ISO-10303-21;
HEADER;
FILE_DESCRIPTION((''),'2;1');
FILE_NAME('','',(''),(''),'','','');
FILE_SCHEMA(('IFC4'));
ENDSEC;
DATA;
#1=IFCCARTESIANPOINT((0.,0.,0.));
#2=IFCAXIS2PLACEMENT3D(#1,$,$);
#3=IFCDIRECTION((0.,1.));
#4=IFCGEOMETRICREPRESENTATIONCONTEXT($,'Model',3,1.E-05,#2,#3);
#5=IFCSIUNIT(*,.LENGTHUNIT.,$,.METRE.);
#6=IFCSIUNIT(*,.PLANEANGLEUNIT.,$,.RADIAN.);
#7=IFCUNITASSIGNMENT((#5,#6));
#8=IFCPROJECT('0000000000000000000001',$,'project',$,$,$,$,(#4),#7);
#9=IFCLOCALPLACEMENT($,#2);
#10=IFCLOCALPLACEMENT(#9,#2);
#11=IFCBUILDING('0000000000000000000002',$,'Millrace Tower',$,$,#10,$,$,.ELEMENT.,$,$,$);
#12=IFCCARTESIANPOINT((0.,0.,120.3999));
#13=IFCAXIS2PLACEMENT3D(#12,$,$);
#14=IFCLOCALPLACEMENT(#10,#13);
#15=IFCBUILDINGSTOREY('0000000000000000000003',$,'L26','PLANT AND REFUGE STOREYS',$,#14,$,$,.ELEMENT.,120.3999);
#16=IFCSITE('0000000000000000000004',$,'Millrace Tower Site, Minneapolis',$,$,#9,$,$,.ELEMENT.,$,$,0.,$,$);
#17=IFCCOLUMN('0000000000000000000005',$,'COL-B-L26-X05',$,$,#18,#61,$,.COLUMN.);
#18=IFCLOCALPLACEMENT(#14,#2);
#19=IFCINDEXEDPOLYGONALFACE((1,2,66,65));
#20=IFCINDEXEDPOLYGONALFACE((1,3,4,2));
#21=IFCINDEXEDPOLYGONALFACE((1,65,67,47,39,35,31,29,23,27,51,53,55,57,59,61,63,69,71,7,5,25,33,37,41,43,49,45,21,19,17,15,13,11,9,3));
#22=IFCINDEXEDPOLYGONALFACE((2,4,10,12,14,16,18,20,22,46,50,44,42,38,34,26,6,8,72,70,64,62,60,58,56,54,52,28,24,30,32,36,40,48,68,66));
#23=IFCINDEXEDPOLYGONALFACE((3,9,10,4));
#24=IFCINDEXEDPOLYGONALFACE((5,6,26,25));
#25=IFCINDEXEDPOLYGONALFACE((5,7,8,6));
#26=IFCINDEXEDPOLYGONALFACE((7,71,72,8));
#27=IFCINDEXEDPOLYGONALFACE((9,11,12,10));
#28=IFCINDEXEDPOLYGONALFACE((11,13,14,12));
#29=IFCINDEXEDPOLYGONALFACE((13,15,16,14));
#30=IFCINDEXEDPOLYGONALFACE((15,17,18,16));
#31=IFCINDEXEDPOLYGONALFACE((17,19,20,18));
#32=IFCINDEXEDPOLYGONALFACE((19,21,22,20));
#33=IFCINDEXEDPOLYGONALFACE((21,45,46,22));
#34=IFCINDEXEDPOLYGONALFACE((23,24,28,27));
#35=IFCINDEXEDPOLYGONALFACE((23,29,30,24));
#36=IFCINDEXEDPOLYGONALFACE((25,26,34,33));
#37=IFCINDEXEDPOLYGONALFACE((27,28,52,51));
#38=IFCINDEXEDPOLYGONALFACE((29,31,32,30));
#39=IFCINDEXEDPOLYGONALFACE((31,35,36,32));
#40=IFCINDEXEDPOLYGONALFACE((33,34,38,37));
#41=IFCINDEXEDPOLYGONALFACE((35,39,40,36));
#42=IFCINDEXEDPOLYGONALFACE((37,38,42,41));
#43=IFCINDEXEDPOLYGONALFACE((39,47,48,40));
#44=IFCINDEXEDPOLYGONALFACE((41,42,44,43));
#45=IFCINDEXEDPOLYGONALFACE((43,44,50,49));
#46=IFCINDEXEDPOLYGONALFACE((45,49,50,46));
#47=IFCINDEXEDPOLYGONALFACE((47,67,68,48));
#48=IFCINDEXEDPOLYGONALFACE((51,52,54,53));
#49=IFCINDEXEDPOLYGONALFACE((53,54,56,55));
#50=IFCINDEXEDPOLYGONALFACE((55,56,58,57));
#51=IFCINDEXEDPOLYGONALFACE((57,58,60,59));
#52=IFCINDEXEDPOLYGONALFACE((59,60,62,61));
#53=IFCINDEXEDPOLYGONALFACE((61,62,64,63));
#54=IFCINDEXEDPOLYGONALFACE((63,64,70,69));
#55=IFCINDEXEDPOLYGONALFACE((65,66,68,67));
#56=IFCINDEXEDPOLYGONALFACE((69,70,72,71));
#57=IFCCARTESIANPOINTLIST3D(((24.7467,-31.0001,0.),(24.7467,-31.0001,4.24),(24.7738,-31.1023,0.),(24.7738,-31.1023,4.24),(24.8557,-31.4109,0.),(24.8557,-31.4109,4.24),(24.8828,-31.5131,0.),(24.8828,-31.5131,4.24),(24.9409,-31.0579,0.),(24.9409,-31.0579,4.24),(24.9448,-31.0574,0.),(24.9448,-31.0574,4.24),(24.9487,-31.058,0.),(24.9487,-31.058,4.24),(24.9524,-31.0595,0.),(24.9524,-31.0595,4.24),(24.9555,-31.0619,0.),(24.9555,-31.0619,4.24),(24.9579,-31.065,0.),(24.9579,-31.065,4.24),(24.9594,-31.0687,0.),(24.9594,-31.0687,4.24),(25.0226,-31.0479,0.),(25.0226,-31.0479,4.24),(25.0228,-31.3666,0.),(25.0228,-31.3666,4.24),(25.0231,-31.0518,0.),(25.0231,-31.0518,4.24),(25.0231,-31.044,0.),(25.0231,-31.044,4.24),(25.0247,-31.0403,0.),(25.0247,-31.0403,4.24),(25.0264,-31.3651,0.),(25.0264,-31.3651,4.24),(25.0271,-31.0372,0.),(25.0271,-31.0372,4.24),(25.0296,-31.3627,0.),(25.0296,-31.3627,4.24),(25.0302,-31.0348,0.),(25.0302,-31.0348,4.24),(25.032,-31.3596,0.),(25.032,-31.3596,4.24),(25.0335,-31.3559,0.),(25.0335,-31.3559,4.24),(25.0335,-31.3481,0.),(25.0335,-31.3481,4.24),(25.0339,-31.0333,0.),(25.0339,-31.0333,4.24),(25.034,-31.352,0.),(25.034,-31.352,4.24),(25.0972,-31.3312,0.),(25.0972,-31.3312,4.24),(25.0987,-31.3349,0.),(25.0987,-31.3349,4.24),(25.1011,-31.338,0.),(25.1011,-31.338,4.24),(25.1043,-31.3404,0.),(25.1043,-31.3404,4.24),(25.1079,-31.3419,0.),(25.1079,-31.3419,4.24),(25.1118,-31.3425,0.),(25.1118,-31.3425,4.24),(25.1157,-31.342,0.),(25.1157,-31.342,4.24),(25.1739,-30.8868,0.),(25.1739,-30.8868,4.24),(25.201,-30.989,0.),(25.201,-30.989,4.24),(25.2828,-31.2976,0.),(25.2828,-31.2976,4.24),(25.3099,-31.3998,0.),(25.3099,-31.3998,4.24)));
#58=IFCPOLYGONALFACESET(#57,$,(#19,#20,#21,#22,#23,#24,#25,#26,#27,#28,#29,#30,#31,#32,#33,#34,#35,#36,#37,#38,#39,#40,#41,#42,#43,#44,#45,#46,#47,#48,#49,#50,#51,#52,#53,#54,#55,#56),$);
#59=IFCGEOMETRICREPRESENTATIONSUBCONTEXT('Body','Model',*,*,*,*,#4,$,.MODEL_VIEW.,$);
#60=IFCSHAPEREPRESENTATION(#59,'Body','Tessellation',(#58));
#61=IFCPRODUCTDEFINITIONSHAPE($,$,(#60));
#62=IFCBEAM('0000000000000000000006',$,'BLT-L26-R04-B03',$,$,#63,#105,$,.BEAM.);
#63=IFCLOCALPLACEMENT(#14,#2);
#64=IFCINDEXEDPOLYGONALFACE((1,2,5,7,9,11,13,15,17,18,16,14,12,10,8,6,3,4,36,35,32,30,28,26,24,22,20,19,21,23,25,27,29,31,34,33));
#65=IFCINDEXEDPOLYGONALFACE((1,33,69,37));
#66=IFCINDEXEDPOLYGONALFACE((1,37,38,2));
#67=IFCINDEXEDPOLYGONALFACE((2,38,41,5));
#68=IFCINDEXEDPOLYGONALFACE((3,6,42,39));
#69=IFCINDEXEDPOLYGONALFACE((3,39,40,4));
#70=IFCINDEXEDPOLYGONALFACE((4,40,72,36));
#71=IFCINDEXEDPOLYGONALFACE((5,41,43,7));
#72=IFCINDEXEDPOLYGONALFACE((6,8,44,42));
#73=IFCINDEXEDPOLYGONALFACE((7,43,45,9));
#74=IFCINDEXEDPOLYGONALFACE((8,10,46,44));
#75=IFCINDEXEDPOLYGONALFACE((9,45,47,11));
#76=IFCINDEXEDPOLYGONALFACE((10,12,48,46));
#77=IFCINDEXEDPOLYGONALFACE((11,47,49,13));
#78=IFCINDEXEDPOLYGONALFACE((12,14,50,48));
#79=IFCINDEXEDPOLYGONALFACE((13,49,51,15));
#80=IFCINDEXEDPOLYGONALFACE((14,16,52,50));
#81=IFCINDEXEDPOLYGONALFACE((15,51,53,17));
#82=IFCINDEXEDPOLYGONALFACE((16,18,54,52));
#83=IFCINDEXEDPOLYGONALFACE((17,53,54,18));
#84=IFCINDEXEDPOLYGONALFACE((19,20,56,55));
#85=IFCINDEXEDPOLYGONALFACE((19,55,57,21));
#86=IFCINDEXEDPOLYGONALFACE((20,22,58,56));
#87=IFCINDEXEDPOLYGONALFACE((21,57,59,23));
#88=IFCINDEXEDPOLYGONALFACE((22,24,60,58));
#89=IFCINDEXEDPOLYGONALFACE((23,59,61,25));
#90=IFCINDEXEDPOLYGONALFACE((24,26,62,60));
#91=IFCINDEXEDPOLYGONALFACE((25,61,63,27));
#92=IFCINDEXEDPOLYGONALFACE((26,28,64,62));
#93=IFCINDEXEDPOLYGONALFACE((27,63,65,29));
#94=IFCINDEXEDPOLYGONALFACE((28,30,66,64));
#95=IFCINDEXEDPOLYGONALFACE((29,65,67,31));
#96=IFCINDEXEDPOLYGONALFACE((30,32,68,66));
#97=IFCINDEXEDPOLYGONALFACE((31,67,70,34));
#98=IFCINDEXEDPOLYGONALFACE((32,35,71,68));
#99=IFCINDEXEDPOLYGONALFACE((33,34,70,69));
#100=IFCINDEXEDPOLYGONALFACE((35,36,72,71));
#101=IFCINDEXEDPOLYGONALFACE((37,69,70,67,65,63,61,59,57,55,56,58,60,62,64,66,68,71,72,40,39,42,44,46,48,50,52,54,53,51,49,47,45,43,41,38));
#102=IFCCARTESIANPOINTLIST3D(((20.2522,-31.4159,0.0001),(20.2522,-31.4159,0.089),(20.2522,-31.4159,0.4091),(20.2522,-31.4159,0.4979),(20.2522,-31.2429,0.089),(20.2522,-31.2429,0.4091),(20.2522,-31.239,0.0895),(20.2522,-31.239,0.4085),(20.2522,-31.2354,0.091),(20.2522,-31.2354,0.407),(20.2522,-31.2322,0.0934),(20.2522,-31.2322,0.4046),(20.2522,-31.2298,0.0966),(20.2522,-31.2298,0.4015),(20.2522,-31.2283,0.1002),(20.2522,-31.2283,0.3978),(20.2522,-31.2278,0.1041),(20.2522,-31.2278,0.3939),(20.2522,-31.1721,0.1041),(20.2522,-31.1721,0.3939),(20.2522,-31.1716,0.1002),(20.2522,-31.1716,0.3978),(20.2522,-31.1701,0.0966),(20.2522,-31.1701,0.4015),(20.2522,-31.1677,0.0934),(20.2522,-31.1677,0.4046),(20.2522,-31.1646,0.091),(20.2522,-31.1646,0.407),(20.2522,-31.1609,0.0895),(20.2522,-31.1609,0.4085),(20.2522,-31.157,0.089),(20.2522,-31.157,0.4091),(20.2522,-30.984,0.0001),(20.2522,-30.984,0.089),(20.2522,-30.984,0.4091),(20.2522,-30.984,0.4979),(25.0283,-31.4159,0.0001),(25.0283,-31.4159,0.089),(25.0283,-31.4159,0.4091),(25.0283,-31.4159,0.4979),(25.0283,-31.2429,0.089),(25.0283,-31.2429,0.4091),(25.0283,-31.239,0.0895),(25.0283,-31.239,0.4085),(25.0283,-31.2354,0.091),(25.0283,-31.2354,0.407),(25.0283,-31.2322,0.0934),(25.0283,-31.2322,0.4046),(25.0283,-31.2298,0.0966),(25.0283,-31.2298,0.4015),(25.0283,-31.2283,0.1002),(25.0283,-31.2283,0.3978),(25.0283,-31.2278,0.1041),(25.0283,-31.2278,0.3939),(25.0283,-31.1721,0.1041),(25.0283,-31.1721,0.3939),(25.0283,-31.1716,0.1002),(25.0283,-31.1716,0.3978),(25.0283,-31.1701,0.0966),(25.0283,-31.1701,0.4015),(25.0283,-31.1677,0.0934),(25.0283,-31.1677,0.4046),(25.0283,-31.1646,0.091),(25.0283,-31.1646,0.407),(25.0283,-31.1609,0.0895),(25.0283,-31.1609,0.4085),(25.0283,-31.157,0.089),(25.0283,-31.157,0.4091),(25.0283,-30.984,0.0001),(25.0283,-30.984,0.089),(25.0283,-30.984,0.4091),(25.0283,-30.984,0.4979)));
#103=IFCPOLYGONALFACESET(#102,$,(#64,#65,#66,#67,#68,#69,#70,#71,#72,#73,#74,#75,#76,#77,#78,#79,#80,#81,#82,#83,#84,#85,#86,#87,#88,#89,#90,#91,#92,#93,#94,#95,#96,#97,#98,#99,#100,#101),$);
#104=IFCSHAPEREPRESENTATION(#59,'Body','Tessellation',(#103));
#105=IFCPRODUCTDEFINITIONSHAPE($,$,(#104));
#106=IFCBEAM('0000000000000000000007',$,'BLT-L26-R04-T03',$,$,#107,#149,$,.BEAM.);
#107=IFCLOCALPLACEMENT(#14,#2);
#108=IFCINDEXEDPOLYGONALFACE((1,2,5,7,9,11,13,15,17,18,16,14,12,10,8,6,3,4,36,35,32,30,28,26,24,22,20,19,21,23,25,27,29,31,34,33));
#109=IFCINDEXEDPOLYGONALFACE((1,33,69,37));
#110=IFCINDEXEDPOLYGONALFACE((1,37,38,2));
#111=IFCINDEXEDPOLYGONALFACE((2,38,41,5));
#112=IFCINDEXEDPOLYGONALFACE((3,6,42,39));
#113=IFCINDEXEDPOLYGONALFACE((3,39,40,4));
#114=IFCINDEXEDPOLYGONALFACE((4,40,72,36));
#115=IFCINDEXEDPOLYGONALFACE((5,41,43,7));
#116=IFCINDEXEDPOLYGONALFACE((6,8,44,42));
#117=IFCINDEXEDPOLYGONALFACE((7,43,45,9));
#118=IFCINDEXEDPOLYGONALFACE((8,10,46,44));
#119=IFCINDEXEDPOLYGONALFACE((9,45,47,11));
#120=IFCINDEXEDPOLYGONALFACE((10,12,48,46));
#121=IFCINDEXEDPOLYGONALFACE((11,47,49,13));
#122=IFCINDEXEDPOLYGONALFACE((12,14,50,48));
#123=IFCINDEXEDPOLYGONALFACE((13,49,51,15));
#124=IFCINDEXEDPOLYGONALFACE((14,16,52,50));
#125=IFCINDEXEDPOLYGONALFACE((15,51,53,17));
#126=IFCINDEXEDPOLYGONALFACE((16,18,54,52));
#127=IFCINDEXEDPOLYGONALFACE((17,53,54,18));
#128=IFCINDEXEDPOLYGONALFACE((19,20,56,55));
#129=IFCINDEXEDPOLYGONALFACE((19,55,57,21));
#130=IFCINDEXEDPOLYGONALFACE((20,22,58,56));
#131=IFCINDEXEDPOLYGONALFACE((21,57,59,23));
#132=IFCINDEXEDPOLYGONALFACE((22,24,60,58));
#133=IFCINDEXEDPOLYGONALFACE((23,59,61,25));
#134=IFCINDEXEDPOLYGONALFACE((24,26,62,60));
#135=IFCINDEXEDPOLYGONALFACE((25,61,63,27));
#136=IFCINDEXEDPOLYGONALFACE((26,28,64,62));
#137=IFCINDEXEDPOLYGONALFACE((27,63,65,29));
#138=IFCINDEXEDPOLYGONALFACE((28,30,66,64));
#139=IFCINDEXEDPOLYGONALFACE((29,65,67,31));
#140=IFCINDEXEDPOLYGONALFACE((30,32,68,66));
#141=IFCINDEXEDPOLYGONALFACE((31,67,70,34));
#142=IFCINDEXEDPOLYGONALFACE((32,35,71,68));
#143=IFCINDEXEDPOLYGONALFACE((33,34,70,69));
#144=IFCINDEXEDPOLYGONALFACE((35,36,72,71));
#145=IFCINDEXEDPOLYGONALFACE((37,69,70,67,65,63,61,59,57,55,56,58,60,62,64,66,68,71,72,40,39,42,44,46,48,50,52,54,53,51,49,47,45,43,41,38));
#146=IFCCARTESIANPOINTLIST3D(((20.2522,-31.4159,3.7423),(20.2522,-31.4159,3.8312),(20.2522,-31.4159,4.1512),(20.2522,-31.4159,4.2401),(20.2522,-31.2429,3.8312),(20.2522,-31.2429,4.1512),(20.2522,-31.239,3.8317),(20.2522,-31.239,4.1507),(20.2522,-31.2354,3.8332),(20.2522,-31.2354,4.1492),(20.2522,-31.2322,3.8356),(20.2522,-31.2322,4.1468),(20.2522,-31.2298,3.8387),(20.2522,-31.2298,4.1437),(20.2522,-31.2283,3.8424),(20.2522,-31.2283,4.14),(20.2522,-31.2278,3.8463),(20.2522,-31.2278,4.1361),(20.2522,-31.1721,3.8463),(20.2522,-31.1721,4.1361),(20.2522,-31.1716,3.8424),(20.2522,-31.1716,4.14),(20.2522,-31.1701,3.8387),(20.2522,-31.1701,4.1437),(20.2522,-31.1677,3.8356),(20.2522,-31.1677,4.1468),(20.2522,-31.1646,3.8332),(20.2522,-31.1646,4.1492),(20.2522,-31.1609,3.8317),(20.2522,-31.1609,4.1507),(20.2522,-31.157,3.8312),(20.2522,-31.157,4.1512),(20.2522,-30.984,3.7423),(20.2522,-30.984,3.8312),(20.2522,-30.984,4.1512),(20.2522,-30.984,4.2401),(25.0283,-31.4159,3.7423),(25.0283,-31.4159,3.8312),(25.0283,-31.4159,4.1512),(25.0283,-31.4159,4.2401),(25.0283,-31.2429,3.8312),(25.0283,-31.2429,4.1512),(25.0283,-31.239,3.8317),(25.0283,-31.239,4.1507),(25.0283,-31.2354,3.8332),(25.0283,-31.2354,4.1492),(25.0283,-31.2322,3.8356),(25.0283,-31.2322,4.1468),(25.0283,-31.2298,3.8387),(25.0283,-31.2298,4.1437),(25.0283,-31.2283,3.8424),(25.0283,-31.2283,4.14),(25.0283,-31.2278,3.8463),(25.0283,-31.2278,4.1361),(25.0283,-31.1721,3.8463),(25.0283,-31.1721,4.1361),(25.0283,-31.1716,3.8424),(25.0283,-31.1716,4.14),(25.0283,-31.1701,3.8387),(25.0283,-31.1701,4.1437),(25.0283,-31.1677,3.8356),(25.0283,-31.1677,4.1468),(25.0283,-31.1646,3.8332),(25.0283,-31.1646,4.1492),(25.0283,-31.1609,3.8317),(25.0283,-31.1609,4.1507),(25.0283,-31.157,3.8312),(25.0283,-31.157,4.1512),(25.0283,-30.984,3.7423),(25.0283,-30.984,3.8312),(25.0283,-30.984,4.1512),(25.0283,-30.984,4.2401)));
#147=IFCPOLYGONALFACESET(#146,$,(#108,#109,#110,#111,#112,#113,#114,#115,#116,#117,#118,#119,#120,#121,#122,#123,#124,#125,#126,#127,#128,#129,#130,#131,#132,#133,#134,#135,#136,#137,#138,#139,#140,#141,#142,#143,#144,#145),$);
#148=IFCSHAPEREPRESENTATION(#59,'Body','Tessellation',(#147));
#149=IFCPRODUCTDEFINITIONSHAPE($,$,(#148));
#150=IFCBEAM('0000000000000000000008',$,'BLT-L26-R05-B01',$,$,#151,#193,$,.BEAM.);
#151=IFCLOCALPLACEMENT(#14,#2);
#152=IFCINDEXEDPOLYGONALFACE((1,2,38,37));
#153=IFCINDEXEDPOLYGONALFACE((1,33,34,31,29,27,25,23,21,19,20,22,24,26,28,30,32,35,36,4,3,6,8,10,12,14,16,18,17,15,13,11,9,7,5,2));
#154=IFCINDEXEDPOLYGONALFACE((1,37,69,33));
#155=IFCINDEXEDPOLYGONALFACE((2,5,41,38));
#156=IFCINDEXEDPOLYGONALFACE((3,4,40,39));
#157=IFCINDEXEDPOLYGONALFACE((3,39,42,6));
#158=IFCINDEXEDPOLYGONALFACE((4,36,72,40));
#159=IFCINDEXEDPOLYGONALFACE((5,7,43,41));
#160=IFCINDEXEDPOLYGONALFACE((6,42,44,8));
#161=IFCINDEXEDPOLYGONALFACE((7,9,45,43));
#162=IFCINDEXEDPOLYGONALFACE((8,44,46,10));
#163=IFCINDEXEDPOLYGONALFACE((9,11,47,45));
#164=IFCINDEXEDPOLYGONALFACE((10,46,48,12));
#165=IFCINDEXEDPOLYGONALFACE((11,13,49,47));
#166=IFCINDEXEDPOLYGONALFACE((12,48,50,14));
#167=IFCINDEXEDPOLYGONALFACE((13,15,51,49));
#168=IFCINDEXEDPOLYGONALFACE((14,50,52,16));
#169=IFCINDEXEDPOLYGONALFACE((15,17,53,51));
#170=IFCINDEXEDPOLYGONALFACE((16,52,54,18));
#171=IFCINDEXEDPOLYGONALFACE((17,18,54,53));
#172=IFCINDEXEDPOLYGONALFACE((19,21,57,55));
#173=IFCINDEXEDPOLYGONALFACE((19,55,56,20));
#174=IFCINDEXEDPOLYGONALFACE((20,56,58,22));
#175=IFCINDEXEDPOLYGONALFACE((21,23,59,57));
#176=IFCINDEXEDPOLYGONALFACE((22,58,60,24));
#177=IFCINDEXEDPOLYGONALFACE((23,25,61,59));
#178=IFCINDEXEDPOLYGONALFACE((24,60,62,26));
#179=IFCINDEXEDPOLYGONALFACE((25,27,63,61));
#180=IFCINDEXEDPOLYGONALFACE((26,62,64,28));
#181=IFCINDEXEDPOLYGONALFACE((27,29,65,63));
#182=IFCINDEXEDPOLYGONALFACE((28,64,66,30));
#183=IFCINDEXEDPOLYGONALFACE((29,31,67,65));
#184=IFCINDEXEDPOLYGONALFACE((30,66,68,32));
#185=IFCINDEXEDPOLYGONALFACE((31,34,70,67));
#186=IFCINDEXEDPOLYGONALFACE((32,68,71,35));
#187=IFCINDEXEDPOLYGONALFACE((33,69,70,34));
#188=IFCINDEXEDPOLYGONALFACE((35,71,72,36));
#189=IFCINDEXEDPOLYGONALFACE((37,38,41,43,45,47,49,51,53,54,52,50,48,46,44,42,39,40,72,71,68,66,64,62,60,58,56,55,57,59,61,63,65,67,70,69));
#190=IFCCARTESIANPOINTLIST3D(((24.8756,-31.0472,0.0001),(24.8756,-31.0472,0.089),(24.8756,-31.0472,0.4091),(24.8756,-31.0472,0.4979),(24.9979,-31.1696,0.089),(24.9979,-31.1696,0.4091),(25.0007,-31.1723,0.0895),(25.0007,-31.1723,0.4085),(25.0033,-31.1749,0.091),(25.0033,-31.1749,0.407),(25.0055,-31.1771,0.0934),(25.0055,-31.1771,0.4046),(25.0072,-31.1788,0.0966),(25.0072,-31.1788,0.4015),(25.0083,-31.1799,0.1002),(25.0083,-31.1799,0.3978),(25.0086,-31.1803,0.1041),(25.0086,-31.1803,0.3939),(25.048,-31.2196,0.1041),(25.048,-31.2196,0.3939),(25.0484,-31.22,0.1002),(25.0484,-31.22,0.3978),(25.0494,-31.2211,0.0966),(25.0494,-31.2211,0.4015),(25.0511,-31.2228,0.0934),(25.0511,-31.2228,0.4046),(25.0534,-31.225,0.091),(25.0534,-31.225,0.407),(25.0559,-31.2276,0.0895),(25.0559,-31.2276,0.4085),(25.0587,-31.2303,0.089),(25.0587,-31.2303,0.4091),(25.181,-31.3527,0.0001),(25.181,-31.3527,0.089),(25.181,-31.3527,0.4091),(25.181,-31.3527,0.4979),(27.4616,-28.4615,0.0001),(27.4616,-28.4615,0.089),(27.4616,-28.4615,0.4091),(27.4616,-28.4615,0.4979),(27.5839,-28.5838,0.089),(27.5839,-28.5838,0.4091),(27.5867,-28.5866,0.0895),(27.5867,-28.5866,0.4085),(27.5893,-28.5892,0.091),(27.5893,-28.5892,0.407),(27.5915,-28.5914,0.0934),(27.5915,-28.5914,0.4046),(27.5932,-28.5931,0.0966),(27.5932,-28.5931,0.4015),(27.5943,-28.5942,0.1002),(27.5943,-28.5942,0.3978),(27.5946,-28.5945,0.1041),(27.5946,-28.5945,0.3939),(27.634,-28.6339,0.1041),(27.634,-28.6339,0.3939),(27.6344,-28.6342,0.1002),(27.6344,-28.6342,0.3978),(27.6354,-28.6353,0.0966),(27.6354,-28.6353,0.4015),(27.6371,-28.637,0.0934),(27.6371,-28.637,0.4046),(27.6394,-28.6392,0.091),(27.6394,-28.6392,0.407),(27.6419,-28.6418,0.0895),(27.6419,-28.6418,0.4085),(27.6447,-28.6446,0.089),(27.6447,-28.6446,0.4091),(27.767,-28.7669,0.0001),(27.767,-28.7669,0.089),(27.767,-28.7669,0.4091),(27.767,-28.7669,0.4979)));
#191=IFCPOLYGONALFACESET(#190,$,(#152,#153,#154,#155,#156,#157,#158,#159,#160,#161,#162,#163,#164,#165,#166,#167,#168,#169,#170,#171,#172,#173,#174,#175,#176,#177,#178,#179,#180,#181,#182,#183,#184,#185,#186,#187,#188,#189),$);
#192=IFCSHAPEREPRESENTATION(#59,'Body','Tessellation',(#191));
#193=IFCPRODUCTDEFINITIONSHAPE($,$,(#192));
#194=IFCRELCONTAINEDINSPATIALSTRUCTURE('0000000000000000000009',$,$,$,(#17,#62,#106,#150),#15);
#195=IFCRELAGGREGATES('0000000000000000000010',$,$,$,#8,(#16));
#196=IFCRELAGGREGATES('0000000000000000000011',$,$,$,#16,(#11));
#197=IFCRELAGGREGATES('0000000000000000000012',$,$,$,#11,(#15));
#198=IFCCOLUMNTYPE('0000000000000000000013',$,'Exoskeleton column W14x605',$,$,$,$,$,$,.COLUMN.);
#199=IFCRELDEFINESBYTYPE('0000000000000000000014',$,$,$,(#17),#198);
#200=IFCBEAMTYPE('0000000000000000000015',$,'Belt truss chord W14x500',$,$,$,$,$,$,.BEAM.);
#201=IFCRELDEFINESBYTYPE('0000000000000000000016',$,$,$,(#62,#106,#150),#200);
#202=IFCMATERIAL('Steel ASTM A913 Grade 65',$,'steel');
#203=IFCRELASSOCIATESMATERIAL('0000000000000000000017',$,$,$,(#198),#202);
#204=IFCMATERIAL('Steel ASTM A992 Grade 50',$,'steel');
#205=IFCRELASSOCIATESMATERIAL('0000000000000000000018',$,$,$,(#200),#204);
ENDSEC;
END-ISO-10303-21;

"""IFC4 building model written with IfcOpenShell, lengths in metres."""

from ifc_helpers import new_model, si_unit, direction, frame, origin, origin_2d, place, context, subcontext, project, spatial, i_section, extrude, material, material_profile, profile_set, type_object, element, save


model = new_model("IFC4")

# Units and contexts
model_context = context("Model", 3, precision=1e-05, world=origin(), true_north=direction((0.0, 1.0)))
body_context = subcontext(model_context, "Body", "Model", "MODEL_VIEW")
ifc_project = project(units=[si_unit("LENGTHUNIT", "METRE"), si_unit("PLANEANGLEUNIT", "RADIAN")], contexts=[model_context])

# Site, building, storey
site_placement = place(None, origin())
site = spatial("IfcSite", under=ifc_project, at=site_placement, Name="Millrace Tower Site, Minneapolis", CompositionType="ELEMENT", RefElevation=0.0)
building_placement = place(site_placement, origin())
building = spatial("IfcBuilding", under=site, at=building_placement, Name="Millrace Tower", CompositionType="ELEMENT")
storey_placement = place(building_placement, frame((0.0, 0.0, 120.3999)))
storey = spatial("IfcBuildingStorey", under=building, at=storey_placement, Name="L26", Description="PLANT AND REFUGE STOREYS", CompositionType="ELEMENT", Elevation=120.3999)

# Column
ifc_material_1 = material(Name="Steel ASTM A913 Grade 65", Category="steel")
ifc_material_profile_1 = material_profile(ifc_material_1, i_section(OverallWidth=0.4419, OverallDepth=0.5308, WebThickness=0.0659, FlangeThickness=0.1057, FilletRadius=0.0151, at=origin_2d()))
ifc_profile_set_1 = profile_set([ifc_material_profile_1], Name="Steel ASTM A913 Grade 65")
column_type = type_object("IfcColumnType", Name="Exoskeleton column W14x605", PredefinedType="COLUMN", material=ifc_profile_set_1)
column_placement = place(storey_placement, frame((25.0283, -31.2, 0.0), z_axis=(0.0, 0.0, 1.0), x_axis=(0.966585, 0.256347, 0.0)))
element("IfcColumn", 1, at=column_placement, inside=storey, type_object=column_type, Name="COL-B-L26-X05", PredefinedType="COLUMN", context=body_context, shape_type="SweptSolid", body=[
    extrude(i_section(OverallWidth=0.4419, OverallDepth=0.5308, WebThickness=0.0659, FlangeThickness=0.1057, FilletRadius=0.0151, at=origin_2d()), origin(), (0.0, 0.0, 1.0), 4.24),
])

# Beams
ifc_material_2 = material(Name="Steel ASTM A992 Grade 50", Category="steel")
ifc_material_profile_2 = material_profile(ifc_material_2, i_section(OverallWidth=0.4319, OverallDepth=0.4978, WebThickness=0.0557, FlangeThickness=0.0889, FilletRadius=0.0151, at=origin_2d()))
ifc_profile_set_2 = profile_set([ifc_material_profile_2], Name="Steel ASTM A992 Grade 50")
beam_type_1 = type_object("IfcBeamType", Name="Belt truss chord W14x500", PredefinedType="BEAM", material=ifc_profile_set_2)
for number, where, z_axis, x_axis, name in (
    (2, (20.2522, -31.2, 0.249), (1.0, 0.0, 0.0), (0.0, 1.0, 0.0), "BLT-L26-R04-B03"),
    (3, (20.2522, -31.2, 3.9912), (1.0, 0.0, 0.0), (0.0, 1.0, 0.0), "BLT-L26-R04-T03"),
):
    element("IfcBeam", number, at=place(storey_placement, frame(where, z_axis=z_axis, x_axis=x_axis)), inside=storey, type_object=beam_type_1, Name=name, PredefinedType="BEAM", context=body_context, shape_type="SweptSolid", body=[
        extrude(i_section(OverallWidth=0.4319, OverallDepth=0.4978, WebThickness=0.0557, FlangeThickness=0.0889, FilletRadius=0.0151, at=origin_2d()), origin(), (0.0, 0.0, 1.0), 4.7761),
    ])
for number, where, z_axis, x_axis, name in (
    (4, (25.0283, -31.2, 0.249), (0.70714, 0.707073, 0.0), (-0.707073, 0.70714, 0.0), "BLT-L26-R05-B01"),
):
    element("IfcBeam", number, at=place(storey_placement, frame(where, z_axis=z_axis, x_axis=x_axis)), inside=storey, type_object=beam_type_1, Name=name, PredefinedType="BEAM", context=body_context, shape_type="SweptSolid", body=[
        extrude(i_section(OverallWidth=0.4319, OverallDepth=0.4978, WebThickness=0.0557, FlangeThickness=0.0889, FilletRadius=0.0151, at=origin_2d()), origin(), (0.0, 0.0, 1.0), 3.657),
    ])

save(model, "model.ifc")
